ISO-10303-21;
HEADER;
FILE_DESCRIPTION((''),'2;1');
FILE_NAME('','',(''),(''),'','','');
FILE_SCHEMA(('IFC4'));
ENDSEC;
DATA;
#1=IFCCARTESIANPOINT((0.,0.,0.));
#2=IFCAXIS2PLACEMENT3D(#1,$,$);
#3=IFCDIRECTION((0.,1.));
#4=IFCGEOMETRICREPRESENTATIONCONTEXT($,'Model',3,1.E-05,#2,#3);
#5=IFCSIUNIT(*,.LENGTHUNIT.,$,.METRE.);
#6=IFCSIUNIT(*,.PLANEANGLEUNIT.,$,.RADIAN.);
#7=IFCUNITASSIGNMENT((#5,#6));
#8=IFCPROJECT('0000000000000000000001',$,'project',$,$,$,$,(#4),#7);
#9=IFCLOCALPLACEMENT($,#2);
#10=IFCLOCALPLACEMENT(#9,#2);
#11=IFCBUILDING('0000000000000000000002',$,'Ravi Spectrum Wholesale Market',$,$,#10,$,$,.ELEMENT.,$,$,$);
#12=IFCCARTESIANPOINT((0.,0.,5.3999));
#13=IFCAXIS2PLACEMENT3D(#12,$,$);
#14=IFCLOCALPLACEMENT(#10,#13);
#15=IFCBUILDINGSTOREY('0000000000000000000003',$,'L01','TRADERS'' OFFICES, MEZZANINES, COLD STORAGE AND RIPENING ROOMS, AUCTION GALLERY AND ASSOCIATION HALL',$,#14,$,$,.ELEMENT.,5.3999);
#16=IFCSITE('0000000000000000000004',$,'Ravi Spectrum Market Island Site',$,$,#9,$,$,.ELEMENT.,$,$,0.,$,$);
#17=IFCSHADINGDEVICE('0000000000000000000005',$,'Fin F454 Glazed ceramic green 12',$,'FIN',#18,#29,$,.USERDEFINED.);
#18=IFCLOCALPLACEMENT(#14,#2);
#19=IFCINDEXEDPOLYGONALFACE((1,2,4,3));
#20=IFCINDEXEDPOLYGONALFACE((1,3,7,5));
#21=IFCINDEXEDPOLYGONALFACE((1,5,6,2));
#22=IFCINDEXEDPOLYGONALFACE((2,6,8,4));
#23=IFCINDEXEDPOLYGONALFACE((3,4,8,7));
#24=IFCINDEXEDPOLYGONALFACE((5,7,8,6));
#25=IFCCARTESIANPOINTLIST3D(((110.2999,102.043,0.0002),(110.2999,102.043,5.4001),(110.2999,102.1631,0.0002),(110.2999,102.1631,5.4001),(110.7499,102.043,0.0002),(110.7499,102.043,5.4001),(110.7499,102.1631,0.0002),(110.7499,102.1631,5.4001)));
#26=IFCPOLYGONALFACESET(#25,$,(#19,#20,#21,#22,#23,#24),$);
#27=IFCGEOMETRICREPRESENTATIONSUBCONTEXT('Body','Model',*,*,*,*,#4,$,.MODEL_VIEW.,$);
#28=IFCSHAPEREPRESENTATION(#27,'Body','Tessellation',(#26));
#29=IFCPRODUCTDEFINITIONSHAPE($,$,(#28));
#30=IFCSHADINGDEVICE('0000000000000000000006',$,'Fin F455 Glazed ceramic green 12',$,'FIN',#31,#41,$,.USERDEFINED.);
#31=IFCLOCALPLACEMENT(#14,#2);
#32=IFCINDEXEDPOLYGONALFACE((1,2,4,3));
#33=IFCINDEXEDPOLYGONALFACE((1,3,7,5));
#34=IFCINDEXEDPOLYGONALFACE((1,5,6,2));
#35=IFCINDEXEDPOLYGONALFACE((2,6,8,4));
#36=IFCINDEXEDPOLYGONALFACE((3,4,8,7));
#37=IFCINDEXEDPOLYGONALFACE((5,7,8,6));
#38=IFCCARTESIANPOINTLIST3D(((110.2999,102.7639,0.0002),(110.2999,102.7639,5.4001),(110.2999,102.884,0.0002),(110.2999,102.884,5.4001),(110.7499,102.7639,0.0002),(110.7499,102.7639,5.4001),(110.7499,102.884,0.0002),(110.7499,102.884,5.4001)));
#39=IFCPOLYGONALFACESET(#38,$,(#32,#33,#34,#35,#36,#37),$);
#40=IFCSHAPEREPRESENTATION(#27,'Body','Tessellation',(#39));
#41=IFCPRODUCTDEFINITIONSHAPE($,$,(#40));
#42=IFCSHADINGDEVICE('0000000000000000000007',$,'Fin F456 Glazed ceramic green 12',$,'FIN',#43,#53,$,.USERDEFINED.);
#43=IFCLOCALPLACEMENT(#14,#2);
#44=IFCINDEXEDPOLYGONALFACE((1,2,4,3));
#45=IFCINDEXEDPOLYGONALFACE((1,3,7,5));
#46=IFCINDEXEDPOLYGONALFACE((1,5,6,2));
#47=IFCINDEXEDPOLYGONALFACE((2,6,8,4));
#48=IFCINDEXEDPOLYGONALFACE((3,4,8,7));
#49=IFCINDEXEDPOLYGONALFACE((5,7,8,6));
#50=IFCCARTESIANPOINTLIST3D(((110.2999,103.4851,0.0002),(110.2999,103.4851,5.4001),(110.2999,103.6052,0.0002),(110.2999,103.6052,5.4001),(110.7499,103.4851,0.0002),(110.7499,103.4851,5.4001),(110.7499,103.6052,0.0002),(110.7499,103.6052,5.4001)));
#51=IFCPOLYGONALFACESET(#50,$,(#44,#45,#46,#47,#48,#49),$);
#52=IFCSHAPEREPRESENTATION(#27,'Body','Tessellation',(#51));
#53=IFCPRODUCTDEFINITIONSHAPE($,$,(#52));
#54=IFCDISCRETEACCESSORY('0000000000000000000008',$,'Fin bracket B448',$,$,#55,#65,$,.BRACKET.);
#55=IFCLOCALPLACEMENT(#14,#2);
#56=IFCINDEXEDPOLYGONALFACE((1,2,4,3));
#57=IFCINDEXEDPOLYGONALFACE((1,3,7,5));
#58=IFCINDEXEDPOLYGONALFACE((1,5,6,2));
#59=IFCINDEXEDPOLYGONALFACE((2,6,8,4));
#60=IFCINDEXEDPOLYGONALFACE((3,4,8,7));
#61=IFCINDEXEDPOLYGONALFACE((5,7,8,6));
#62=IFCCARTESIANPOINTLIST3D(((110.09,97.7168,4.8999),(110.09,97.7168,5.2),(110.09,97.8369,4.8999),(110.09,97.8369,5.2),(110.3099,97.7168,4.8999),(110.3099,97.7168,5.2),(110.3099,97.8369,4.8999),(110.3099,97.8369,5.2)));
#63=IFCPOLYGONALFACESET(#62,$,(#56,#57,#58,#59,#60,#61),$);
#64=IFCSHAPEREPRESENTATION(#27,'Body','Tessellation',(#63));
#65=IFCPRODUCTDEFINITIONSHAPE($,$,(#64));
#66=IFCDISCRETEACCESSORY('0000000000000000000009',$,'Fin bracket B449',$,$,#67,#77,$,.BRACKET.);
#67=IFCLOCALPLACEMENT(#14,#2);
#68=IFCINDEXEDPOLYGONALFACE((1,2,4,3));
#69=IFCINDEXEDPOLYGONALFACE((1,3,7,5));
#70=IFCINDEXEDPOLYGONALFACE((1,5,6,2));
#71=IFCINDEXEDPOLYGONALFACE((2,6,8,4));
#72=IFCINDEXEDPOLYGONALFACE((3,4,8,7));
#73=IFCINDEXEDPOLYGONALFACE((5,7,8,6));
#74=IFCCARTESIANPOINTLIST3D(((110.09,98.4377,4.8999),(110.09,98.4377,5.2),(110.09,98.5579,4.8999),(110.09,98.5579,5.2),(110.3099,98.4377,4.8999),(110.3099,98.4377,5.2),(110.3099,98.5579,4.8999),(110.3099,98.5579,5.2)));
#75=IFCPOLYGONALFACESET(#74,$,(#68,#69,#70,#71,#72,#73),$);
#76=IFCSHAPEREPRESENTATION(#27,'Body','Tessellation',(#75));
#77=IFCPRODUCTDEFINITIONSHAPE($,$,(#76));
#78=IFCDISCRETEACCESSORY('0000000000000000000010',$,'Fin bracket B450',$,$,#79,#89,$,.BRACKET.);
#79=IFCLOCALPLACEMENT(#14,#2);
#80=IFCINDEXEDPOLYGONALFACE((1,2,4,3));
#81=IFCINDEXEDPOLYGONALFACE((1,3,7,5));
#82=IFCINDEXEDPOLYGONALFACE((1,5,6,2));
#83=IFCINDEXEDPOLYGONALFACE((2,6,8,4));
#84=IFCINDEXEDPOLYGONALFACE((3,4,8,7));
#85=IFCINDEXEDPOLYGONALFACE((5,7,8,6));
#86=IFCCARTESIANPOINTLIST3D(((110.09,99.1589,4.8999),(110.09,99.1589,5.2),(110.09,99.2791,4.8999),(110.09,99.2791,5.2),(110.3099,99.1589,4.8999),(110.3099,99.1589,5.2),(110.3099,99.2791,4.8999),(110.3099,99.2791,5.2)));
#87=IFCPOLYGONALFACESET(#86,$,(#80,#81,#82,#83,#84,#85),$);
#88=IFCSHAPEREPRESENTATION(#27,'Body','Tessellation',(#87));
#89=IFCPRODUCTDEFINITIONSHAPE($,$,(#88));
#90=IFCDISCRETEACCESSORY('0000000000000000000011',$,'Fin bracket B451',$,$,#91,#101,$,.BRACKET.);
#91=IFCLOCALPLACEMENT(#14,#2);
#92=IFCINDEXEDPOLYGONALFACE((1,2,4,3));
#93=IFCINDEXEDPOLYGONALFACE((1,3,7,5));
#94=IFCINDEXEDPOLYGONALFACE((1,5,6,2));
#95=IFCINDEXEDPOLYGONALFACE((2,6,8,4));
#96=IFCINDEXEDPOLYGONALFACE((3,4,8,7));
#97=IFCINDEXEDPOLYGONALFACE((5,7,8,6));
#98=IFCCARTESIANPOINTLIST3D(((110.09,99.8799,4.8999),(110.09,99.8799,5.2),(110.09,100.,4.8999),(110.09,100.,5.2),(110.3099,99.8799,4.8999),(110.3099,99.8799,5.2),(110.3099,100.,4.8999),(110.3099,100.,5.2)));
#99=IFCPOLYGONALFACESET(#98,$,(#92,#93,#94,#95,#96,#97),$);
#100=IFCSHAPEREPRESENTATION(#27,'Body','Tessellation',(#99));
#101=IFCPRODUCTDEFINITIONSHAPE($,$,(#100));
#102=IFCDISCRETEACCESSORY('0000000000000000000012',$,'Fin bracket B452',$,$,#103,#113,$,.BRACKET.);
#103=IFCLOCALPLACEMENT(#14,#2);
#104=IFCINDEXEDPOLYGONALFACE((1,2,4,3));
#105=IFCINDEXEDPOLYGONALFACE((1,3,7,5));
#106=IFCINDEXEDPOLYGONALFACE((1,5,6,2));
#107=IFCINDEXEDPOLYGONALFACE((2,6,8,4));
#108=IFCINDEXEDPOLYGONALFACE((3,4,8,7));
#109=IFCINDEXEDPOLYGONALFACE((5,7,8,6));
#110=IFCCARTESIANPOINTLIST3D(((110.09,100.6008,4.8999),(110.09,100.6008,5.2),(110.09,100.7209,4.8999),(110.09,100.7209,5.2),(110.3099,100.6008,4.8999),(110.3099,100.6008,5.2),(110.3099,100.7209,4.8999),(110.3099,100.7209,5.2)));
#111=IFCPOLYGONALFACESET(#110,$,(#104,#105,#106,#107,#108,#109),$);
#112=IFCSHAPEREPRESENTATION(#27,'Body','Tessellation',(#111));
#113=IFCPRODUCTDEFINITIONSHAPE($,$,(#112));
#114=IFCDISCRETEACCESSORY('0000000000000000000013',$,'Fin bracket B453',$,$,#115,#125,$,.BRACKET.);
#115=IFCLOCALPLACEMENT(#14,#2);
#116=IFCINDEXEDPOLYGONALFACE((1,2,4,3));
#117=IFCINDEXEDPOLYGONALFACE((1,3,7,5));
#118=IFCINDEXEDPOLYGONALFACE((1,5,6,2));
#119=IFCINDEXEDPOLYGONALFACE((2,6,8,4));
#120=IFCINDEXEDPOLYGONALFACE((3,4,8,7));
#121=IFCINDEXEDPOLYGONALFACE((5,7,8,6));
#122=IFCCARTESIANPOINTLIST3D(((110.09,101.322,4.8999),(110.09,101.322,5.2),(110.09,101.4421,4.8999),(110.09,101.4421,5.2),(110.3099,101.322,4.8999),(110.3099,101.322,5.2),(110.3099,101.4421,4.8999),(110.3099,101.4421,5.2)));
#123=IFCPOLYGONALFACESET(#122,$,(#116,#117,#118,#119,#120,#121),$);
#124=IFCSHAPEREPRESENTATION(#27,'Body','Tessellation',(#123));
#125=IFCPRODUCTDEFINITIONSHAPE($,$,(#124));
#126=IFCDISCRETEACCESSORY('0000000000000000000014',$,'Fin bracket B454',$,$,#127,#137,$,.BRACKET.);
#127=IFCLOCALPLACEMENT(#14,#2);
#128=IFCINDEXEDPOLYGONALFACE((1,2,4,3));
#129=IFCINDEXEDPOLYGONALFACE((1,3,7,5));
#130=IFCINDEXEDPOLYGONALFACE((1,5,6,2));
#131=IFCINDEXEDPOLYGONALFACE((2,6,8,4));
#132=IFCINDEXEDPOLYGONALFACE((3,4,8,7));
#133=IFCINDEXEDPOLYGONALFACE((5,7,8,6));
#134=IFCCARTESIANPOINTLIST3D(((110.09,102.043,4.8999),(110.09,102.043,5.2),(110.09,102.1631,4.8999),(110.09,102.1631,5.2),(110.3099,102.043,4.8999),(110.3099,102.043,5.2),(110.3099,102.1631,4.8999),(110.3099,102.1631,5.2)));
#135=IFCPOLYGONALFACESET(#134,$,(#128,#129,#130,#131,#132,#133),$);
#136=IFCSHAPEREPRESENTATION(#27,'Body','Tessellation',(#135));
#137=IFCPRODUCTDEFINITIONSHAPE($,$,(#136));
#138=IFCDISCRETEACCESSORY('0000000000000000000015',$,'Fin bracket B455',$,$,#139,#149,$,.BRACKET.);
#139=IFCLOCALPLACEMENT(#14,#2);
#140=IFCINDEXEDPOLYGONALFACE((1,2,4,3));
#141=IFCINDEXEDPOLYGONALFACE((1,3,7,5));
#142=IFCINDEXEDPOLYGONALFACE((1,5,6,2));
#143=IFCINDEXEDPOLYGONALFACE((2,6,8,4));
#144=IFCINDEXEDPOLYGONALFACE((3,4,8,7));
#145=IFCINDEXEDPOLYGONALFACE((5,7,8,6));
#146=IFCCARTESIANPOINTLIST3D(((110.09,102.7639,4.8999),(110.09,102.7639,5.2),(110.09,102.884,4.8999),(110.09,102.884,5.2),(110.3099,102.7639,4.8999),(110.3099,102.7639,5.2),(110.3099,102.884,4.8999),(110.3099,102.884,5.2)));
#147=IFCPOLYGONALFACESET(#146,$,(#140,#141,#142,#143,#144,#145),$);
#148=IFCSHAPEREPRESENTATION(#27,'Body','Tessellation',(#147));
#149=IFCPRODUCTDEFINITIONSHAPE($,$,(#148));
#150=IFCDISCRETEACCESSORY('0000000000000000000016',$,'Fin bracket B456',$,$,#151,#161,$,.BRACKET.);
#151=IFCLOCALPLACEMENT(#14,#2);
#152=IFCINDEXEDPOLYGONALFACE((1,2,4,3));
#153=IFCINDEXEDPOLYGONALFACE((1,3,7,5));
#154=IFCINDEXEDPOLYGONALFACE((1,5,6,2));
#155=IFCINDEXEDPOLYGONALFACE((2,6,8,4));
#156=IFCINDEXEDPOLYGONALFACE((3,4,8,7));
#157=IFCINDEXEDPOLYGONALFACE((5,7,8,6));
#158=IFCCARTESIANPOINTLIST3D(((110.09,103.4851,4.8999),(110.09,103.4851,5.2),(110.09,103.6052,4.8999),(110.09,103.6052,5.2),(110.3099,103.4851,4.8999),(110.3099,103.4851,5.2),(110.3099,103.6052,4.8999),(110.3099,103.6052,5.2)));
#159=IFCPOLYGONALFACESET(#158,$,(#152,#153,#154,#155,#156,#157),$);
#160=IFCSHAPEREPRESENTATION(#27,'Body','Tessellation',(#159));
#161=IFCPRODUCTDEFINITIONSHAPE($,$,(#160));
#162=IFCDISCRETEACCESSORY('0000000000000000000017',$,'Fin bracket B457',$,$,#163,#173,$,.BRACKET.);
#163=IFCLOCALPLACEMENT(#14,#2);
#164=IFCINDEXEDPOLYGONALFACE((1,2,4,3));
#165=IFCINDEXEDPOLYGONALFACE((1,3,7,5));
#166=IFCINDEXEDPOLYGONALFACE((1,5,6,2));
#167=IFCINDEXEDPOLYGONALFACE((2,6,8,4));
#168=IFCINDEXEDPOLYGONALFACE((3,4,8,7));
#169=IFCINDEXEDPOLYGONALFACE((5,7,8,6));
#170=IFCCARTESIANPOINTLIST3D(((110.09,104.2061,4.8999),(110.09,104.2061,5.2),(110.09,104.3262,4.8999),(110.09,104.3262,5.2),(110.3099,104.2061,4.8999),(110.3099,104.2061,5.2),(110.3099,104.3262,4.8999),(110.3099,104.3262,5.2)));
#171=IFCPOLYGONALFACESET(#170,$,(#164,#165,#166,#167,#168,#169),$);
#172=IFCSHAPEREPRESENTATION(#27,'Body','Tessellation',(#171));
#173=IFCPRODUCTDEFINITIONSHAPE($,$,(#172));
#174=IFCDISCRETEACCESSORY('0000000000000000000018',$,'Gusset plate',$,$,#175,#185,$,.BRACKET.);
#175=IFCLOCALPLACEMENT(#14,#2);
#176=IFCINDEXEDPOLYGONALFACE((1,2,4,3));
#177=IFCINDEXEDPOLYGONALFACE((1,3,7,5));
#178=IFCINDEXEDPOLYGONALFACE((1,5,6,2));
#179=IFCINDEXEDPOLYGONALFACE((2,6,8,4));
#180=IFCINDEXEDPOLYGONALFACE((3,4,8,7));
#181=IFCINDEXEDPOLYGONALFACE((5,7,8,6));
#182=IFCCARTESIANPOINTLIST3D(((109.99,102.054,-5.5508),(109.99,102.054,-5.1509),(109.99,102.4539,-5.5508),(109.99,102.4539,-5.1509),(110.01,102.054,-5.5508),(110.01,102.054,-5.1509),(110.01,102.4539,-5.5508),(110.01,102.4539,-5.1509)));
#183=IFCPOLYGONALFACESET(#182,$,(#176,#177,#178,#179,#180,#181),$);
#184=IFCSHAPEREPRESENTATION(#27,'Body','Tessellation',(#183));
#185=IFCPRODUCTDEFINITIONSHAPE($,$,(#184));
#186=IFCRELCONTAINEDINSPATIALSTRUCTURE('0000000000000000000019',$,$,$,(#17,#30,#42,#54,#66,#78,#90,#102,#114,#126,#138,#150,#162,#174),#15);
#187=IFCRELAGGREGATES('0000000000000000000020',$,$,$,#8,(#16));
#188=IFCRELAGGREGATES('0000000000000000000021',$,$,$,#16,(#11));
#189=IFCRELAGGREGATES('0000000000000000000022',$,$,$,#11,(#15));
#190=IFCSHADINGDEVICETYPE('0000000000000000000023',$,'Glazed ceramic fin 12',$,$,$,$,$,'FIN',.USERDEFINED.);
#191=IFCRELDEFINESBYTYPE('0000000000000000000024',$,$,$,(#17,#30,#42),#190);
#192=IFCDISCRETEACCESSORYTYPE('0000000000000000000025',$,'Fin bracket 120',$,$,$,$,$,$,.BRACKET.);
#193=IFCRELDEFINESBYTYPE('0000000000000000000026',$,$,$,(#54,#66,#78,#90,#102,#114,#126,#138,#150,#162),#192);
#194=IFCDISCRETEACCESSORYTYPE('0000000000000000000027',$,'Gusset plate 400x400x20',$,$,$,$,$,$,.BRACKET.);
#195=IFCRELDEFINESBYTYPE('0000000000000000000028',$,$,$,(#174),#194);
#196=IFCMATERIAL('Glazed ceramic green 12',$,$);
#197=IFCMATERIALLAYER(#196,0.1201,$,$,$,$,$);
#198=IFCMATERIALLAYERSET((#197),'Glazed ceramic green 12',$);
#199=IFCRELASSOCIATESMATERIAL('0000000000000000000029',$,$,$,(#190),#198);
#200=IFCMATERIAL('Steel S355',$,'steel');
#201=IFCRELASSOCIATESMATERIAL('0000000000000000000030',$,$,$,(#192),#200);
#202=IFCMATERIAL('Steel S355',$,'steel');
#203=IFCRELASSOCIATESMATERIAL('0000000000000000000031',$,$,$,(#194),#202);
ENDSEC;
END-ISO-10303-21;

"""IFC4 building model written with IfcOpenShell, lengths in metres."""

from ifc_helpers import new_model, si_unit, direction, frame, origin, origin_2d, place, context, subcontext, project, spatial, rectangle, extrude, material, layer, layer_set, material_profile, profile_set, type_object, element, save


model = new_model("IFC4")

# Units and contexts
model_context = context("Model", 3, precision=1e-05, world=origin(), true_north=direction((0.0, 1.0)))
body_context = subcontext(model_context, "Body", "Model", "MODEL_VIEW")
ifc_project = project(units=[si_unit("LENGTHUNIT", "METRE"), si_unit("PLANEANGLEUNIT", "RADIAN")], contexts=[model_context])

# Site, building, storey
site_placement = place(None, origin())
site = spatial("IfcSite", under=ifc_project, at=site_placement, Name="Ravi Spectrum Market Island Site", CompositionType="ELEMENT", RefElevation=0.0)
building_placement = place(site_placement, origin())
building = spatial("IfcBuilding", under=site, at=building_placement, Name="Ravi Spectrum Wholesale Market", CompositionType="ELEMENT")
storey_placement = place(building_placement, frame((0.0, 0.0, 5.3999)))
storey = spatial("IfcBuildingStorey", under=building, at=storey_placement, Name="L01", Description="TRADERS' OFFICES, MEZZANINES, COLD STORAGE AND RIPENING ROOMS, AUCTION GALLERY AND ASSOCIATION HALL", CompositionType="ELEMENT", Elevation=5.3999)

# Shading devices
ifc_material_1 = material(Name="Glazed ceramic green 12")
ifc_layer = layer(ifc_material_1, 0.1201)
ifc_layer_set = layer_set([ifc_layer], Name="Glazed ceramic green 12")
shading_device_type = type_object("IfcShadingDeviceType", Name="Glazed ceramic fin 12", ElementType="FIN", PredefinedType="USERDEFINED", material=ifc_layer_set)
for number, where, z_axis, x_axis, name in (
    (1, (110.5249, 102.103, 0.0002), (0.0, 0.0, 1.0), (0.0, 1.0, 0.0), "Fin F454 Glazed ceramic green 12"),
    (2, (110.5249, 102.824, 0.0002), (0.0, 0.0, 1.0), (0.0, 1.0, 0.0), "Fin F455 Glazed ceramic green 12"),
    (3, (110.5249, 103.5452, 0.0002), (0.0, 0.0, 1.0), (0.0, 1.0, 0.0), "Fin F456 Glazed ceramic green 12"),
):
    element("IfcShadingDevice", number, at=place(storey_placement, frame(where, z_axis=z_axis, x_axis=x_axis)), inside=storey, type_object=shading_device_type, Name=name, ObjectType="FIN", PredefinedType="USERDEFINED", context=body_context, shape_type="SweptSolid", body=[
        extrude(rectangle(XDim=0.1201, YDim=0.45, at=origin_2d()), origin(), (0.0, 0.0, 1.0), 5.3999),
    ])

# Discrete accessories
ifc_material_2 = material(Name="Steel S355", Category="steel")
discrete_accessory_type_1 = type_object("IfcDiscreteAccessoryType", Name="Fin bracket 120", PredefinedType="BRACKET", material=ifc_material_2)
for number, where, z_axis, x_axis, name in (
    (4, (110.2, 97.7769, 4.8999), (0.0, 0.0, 1.0), (0.0, 1.0, 0.0), "Fin bracket B448"),
    (5, (110.2, 98.4978, 4.8999), (0.0, 0.0, 1.0), (0.0, 1.0, 0.0), "Fin bracket B449"),
    (6, (110.2, 99.219, 4.8999), (0.0, 0.0, 1.0), (0.0, 1.0, 0.0), "Fin bracket B450"),
    (7, (110.2, 99.9399, 4.8999), (0.0, 0.0, 1.0), (0.0, 1.0, 0.0), "Fin bracket B451"),
    (8, (110.2, 100.6609, 4.8999), (0.0, 0.0, 1.0), (0.0, 1.0, 0.0), "Fin bracket B452"),
    (9, (110.2, 101.3821, 4.8999), (0.0, 0.0, 1.0), (0.0, 1.0, 0.0), "Fin bracket B453"),
    (10, (110.2, 102.103, 4.8999), (0.0, 0.0, 1.0), (0.0, 1.0, 0.0), "Fin bracket B454"),
    (11, (110.2, 102.824, 4.8999), (0.0, 0.0, 1.0), (0.0, 1.0, 0.0), "Fin bracket B455"),
    (12, (110.2, 103.5452, 4.8999), (0.0, 0.0, 1.0), (0.0, 1.0, 0.0), "Fin bracket B456"),
    (13, (110.2, 104.2661, 4.8999), (0.0, 0.0, 1.0), (0.0, 1.0, 0.0), "Fin bracket B457"),
):
    element("IfcDiscreteAccessory", number, at=place(storey_placement, frame(where, z_axis=z_axis, x_axis=x_axis)), inside=storey, type_object=discrete_accessory_type_1, Name=name, PredefinedType="BRACKET", context=body_context, shape_type="SweptSolid", body=[
        extrude(rectangle(XDim=0.1201, YDim=0.22, at=origin_2d()), origin(), (0.0, 0.0, 1.0), 0.3),
    ])
ifc_material_3 = material(Name="Steel S355", Category="steel")
ifc_material_profile_1 = material_profile(ifc_material_3, rectangle(XDim=0.3999, YDim=0.02, at=origin_2d()))
ifc_profile_set_1 = profile_set([ifc_material_profile_1], Name="Steel S355")
discrete_accessory_type_2 = type_object("IfcDiscreteAccessoryType", Name="Gusset plate 400x400x20", PredefinedType="BRACKET", material=ifc_profile_set_1)
discrete_accessory_placement = place(storey_placement, frame((110.0, 102.2539, -5.5508), z_axis=(0.0, 0.0, 1.0), x_axis=(0.0, 1.0, 0.0)))
element("IfcDiscreteAccessory", 14, at=discrete_accessory_placement, inside=storey, type_object=discrete_accessory_type_2, Name="Gusset plate", PredefinedType="BRACKET", context=body_context, shape_type="SweptSolid", body=[
    extrude(rectangle(XDim=0.3999, YDim=0.02, at=origin_2d()), origin(), (0.0, 0.0, 1.0), 0.3999),
])

save(model, "model.ifc")
